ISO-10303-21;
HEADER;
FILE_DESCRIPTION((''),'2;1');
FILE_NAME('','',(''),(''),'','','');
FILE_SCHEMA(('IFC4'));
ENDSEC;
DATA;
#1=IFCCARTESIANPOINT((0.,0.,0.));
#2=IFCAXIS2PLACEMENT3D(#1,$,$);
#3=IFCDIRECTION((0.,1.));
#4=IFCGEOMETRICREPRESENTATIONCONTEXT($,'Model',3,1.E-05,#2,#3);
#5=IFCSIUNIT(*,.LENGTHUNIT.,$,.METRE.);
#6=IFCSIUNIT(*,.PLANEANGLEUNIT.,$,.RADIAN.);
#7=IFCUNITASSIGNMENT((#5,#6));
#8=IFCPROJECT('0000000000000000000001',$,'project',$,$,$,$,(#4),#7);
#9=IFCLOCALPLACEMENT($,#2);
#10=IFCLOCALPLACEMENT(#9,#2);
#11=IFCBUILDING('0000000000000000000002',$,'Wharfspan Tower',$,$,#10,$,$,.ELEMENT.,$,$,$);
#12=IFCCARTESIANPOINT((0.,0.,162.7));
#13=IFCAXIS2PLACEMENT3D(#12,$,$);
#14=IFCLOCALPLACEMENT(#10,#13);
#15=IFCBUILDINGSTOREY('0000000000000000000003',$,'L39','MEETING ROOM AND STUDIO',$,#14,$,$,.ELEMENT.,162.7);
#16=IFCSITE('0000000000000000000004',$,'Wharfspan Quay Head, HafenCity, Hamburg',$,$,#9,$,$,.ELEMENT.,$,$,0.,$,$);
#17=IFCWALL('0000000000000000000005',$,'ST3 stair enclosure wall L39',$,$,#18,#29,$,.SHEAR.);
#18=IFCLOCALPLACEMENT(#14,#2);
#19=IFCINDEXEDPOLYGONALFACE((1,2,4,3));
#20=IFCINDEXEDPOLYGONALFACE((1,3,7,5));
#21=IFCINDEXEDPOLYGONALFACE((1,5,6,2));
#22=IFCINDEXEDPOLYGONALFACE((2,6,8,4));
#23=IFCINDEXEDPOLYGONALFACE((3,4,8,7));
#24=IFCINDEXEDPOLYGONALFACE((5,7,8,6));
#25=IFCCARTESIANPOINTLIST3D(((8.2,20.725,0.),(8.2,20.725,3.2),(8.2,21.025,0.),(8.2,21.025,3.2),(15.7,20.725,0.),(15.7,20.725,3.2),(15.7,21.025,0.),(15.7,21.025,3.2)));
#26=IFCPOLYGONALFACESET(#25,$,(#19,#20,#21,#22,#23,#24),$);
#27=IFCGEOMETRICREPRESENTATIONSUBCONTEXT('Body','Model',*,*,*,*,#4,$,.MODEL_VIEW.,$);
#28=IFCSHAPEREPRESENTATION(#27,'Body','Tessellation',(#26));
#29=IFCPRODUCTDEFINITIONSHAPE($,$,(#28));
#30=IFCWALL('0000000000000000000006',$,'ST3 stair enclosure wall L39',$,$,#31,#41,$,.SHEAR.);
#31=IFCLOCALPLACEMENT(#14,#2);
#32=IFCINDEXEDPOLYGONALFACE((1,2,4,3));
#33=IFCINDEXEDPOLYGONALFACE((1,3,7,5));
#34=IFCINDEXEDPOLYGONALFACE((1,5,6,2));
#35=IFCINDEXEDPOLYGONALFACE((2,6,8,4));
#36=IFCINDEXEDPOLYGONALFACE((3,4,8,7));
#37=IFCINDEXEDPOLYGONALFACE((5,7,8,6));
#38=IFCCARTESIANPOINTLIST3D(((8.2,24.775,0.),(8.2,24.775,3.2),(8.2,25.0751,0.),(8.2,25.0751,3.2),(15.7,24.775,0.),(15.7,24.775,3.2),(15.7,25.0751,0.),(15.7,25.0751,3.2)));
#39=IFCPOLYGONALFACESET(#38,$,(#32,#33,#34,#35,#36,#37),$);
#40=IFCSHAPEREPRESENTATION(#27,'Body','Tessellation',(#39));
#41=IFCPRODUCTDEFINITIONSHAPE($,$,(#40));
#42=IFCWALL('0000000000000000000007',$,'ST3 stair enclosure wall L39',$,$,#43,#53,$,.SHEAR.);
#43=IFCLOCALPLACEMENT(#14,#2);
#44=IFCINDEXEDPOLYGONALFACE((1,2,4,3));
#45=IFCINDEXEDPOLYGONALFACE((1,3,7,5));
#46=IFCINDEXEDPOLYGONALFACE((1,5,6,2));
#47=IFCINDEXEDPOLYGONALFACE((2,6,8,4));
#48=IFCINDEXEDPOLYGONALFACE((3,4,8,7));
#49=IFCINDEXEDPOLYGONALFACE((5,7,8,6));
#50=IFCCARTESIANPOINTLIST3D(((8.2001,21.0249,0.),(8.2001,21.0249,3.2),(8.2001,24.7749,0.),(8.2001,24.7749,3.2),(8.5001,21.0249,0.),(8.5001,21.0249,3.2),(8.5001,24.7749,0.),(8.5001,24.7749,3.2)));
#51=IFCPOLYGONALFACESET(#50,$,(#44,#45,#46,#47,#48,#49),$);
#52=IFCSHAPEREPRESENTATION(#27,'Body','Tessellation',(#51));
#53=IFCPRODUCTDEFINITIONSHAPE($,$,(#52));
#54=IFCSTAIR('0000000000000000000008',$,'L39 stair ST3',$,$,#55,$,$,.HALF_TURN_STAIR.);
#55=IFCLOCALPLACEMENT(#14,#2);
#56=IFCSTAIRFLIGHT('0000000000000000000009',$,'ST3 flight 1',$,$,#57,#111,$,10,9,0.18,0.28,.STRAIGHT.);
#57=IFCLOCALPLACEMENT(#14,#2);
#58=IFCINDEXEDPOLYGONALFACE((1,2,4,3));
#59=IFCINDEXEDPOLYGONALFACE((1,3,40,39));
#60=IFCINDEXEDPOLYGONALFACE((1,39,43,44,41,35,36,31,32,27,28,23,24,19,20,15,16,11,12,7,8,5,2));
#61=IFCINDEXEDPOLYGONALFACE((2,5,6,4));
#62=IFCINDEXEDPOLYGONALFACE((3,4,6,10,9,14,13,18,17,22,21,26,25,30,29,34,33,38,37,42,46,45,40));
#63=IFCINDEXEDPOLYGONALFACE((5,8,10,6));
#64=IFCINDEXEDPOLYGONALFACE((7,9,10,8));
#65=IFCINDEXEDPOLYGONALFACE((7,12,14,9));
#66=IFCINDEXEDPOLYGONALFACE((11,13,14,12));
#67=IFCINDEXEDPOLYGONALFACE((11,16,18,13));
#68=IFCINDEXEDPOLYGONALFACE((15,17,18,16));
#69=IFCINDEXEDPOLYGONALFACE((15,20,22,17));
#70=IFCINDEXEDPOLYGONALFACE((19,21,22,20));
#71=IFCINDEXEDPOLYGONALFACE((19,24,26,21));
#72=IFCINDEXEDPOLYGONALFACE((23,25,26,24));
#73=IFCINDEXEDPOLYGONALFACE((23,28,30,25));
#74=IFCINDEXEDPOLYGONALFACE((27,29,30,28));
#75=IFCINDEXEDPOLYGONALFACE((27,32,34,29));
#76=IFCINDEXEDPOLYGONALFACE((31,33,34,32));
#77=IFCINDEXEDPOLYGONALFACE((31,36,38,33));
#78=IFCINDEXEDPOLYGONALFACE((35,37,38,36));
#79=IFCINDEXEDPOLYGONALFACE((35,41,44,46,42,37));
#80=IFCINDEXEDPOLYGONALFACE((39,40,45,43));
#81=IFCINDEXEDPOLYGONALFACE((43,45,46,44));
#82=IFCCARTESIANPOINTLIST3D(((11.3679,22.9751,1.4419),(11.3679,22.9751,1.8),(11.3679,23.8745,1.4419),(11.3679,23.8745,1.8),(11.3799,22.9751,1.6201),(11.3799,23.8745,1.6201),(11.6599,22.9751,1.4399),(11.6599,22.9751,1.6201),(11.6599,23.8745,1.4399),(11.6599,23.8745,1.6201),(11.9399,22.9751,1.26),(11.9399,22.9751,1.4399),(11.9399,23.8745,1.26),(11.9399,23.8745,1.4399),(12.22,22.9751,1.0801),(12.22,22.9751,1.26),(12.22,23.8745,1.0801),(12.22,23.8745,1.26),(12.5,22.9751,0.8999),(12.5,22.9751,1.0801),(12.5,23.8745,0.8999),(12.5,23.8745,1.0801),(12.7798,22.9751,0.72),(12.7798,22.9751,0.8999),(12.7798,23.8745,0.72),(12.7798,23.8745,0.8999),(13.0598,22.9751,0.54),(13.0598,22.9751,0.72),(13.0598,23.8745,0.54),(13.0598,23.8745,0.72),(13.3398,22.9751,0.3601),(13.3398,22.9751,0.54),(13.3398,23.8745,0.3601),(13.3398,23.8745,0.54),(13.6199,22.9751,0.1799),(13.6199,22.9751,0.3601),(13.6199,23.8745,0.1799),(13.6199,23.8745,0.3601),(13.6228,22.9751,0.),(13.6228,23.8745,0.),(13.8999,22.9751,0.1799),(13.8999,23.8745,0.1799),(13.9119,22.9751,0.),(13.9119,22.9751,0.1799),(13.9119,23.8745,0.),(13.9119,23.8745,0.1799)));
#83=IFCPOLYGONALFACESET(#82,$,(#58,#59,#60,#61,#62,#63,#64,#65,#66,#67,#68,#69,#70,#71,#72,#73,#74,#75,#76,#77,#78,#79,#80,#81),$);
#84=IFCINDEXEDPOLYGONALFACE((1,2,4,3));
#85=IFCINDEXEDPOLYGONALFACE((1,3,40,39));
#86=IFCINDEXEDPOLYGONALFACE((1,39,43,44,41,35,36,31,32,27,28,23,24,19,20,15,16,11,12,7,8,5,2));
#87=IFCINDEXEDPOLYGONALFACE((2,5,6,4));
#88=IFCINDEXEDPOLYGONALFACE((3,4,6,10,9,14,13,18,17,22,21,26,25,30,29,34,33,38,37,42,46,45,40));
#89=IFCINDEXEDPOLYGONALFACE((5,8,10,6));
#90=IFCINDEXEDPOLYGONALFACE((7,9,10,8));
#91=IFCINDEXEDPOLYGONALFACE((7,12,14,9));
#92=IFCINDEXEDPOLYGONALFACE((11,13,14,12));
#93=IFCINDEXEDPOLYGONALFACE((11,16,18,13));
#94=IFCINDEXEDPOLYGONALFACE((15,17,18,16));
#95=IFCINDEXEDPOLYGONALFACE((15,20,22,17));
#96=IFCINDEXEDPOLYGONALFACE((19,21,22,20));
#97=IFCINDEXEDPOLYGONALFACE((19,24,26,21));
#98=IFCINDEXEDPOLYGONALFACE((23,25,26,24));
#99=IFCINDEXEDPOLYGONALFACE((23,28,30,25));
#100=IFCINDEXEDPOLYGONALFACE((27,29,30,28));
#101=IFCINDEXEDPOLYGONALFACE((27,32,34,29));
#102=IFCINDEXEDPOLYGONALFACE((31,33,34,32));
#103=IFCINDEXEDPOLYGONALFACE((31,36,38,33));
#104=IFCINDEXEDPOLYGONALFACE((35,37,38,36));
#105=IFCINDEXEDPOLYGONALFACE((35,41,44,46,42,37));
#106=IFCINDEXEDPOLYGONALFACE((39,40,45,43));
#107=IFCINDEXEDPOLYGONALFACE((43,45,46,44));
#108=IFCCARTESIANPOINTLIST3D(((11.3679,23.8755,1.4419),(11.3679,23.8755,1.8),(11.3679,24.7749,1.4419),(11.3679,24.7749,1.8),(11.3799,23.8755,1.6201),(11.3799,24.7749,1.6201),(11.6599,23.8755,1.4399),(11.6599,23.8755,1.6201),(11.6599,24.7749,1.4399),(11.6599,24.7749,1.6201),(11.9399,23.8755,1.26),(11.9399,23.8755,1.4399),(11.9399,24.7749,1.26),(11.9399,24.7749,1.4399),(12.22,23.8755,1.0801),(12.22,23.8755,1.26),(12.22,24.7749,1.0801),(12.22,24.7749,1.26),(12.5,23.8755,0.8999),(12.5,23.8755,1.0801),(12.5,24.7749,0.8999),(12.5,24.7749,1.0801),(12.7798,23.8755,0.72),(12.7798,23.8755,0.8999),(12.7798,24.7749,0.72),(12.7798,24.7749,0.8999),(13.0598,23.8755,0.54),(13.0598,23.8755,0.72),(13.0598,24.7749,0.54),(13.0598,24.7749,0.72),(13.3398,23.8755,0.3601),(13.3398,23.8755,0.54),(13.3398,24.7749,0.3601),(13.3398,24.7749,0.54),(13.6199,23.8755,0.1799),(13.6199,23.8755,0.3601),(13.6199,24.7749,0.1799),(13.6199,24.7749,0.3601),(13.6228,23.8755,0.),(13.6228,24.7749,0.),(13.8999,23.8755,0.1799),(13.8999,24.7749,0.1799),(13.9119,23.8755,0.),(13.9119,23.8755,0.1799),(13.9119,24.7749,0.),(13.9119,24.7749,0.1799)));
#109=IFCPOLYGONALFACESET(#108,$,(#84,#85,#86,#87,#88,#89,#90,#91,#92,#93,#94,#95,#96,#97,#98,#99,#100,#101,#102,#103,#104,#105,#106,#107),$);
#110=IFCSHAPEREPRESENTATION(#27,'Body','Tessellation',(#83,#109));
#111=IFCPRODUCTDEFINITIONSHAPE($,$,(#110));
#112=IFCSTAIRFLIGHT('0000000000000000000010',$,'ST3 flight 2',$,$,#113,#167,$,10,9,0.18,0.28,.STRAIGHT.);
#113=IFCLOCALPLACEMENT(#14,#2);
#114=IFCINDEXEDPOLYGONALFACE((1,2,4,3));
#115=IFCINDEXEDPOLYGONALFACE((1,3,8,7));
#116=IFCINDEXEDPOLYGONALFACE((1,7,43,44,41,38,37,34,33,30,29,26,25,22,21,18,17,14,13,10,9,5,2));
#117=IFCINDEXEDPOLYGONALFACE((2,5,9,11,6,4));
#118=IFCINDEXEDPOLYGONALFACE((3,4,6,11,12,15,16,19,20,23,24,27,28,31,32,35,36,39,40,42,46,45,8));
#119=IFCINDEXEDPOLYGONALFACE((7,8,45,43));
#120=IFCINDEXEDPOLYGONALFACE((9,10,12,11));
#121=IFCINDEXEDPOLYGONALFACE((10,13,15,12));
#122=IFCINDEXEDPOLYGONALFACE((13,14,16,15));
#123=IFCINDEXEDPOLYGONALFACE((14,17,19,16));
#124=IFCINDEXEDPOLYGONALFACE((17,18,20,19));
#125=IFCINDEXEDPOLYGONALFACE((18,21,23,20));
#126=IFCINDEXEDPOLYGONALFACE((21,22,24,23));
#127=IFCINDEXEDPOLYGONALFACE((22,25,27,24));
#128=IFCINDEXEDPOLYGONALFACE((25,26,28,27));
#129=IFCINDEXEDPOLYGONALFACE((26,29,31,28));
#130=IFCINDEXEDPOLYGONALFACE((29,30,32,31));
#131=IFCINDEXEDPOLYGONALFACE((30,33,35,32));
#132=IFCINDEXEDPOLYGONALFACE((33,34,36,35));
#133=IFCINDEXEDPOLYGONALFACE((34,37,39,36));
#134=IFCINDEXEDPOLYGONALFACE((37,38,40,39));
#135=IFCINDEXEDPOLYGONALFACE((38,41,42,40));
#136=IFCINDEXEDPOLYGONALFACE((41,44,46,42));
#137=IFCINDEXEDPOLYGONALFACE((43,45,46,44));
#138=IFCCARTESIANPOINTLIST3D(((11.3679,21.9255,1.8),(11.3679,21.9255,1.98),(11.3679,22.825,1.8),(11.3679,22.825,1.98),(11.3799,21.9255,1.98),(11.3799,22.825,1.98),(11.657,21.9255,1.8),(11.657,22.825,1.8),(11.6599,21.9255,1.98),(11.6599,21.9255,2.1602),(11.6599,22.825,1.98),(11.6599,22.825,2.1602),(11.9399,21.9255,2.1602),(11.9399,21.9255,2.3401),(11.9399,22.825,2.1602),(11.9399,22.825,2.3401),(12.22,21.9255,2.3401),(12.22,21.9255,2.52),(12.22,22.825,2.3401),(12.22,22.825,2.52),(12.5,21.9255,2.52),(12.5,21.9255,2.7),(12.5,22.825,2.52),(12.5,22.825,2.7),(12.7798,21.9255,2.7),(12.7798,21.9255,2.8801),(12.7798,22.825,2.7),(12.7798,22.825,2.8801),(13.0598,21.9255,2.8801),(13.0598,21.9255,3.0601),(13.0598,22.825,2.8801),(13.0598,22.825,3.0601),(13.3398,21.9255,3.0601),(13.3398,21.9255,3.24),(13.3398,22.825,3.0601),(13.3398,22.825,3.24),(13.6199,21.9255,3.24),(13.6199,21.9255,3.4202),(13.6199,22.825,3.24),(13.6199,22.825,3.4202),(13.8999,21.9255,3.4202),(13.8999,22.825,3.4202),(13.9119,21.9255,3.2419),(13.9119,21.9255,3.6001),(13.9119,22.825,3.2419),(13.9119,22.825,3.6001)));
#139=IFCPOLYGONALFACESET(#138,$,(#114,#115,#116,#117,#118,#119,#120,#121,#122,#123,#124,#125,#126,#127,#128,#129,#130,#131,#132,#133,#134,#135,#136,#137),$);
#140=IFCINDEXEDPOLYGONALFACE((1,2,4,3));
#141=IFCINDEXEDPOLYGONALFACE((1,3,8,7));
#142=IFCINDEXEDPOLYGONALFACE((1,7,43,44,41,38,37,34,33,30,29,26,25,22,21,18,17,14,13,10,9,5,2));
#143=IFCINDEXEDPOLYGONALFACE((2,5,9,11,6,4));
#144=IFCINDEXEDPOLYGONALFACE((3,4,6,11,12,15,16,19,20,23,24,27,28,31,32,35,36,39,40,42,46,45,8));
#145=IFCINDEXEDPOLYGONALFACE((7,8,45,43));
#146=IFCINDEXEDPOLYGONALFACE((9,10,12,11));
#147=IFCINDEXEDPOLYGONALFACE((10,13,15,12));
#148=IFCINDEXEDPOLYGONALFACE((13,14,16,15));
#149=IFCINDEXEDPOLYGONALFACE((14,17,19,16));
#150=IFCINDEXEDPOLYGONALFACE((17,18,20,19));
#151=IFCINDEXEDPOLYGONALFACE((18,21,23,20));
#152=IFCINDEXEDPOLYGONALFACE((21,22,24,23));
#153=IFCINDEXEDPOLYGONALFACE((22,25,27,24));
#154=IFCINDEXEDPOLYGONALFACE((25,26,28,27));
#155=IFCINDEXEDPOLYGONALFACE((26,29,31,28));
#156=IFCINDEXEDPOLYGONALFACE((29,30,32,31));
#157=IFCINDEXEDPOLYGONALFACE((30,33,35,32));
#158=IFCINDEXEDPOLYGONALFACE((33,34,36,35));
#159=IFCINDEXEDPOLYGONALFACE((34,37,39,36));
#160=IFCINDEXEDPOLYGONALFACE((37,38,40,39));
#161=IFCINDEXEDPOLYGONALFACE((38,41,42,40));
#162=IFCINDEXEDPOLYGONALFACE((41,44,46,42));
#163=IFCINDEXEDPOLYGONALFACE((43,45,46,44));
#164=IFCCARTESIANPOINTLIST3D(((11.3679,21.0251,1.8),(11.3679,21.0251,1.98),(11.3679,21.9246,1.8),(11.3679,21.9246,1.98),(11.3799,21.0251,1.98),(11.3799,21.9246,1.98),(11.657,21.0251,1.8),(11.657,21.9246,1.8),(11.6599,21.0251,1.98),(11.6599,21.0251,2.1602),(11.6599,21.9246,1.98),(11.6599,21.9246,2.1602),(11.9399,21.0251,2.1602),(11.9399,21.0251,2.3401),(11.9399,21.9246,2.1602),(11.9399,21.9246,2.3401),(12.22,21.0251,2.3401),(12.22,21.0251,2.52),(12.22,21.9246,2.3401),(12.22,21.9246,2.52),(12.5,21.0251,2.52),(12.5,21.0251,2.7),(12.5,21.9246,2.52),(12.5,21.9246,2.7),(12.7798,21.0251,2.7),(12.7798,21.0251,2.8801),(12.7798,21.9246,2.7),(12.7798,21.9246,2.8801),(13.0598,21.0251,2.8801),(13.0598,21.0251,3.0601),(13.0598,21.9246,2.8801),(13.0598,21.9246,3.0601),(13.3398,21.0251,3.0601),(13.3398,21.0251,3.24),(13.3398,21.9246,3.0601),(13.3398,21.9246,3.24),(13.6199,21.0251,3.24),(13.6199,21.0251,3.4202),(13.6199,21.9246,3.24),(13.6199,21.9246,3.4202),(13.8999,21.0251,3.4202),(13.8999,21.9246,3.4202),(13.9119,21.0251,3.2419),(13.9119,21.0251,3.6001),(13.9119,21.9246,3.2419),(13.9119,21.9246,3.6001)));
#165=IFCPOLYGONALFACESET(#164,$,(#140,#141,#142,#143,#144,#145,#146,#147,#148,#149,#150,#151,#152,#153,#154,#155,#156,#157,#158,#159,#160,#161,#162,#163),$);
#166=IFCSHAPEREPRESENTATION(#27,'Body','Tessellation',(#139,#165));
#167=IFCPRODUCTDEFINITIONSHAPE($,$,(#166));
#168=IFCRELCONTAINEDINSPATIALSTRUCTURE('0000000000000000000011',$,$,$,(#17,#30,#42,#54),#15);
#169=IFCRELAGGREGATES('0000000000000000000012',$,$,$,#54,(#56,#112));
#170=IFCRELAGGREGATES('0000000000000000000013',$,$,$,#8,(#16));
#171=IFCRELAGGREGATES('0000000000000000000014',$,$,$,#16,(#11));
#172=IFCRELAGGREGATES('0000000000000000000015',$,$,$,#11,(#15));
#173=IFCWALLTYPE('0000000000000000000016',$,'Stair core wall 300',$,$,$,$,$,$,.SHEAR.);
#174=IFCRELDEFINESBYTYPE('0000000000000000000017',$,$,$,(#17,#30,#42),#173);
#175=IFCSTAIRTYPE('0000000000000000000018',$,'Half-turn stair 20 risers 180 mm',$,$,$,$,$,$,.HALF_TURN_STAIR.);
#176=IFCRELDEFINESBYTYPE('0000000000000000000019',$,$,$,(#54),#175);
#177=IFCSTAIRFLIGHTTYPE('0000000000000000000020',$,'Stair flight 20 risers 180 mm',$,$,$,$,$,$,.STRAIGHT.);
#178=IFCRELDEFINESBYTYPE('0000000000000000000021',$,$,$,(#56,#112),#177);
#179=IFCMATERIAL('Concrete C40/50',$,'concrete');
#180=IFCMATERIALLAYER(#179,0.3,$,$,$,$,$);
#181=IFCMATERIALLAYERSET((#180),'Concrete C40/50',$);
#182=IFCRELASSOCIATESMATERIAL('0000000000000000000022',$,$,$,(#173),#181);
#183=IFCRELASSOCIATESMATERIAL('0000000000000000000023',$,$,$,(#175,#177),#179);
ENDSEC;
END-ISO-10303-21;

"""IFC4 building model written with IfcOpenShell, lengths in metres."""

from ifc_helpers import new_model, si_unit, direction, frame, frame_2d, origin, place, context, subcontext, project, spatial, polyline, rectangle, outline, extrude, material, layer, layer_set, type_object, element, aggregate, save


model = new_model("IFC4")

# Units and contexts
model_context = context("Model", 3, precision=1e-05, world=origin(), true_north=direction((0.0, 1.0)))
body_context = subcontext(model_context, "Body", "Model", "MODEL_VIEW")
ifc_project = project(units=[si_unit("LENGTHUNIT", "METRE"), si_unit("PLANEANGLEUNIT", "RADIAN")], contexts=[model_context])

# Site, building, storey
site_placement = place(None, origin())
site = spatial("IfcSite", under=ifc_project, at=site_placement, Name="Wharfspan Quay Head, HafenCity, Hamburg", CompositionType="ELEMENT", RefElevation=0.0)
building_placement = place(site_placement, origin())
building = spatial("IfcBuilding", under=site, at=building_placement, Name="Wharfspan Tower", CompositionType="ELEMENT")
storey_placement = place(building_placement, frame((0.0, 0.0, 162.7)))
storey = spatial("IfcBuildingStorey", under=building, at=storey_placement, Name="L39", Description="MEETING ROOM AND STUDIO", CompositionType="ELEMENT", Elevation=162.7)

# Walls
ifc_material_1 = material(Name="Concrete C40/50", Category="concrete")
ifc_layer_1 = layer(ifc_material_1, 0.3)
ifc_layer_set_1 = layer_set([ifc_layer_1], Name="Concrete C40/50")
wall_type_1 = type_object("IfcWallType", Name="Stair core wall 300", PredefinedType="SHEAR", material=ifc_layer_set_1)
for number, where, z_axis, x_axis, name in (
    (1, (8.2, 20.875, 0.0), (0.0, 0.0, 1.0), (1.0, 0.0, 0.0), "ST3 stair enclosure wall L39"),
    (2, (8.2, 24.925, 0.0), (0.0, 0.0, 1.0), (1.0, 0.0, 0.0), "ST3 stair enclosure wall L39"),
):
    element("IfcWall", number, at=place(storey_placement, frame(where, z_axis=z_axis, x_axis=x_axis)), inside=storey, type_object=wall_type_1, Name=name, PredefinedType="SHEAR", context=body_context, shape_type="SweptSolid", body=[
        extrude(rectangle(XDim=7.5, YDim=0.3, at=frame_2d((3.75, 0.0))), origin(), (0.0, 0.0, 1.0), 3.2),
    ])
wall_1_placement = place(storey_placement, frame((8.3501, 21.0249, 0.0), z_axis=(0.0, 0.0, 1.0), x_axis=(0.0, 1.0, 0.0)))
element("IfcWall", 3, at=wall_1_placement, inside=storey, type_object=wall_type_1, Name="ST3 stair enclosure wall L39", PredefinedType="SHEAR", context=body_context, shape_type="SweptSolid", body=[
    extrude(rectangle(XDim=3.75, YDim=0.3, at=frame_2d((1.875, 0.0))), origin(), (0.0, 0.0, 1.0), 3.2),
])

# Stair, stair flights
stair_type = type_object("IfcStairType", Name="Half-turn stair 20 risers 180 mm", PredefinedType="HALF_TURN_STAIR", material=ifc_material_1)
stair_placement = place(storey_placement, origin())
stair = element("IfcStair", 4, at=stair_placement, inside=storey, type_object=stair_type, Name="L39 stair ST3", PredefinedType="HALF_TURN_STAIR")
stair_flight_type = type_object("IfcStairFlightType", Name="Stair flight 20 risers 180 mm", PredefinedType="STRAIGHT", material=ifc_material_1)
stair_flight_1_placement = place(storey_placement, frame((13.8999, 23.875, 0.0), z_axis=(0.0, 0.0, 1.0), x_axis=(-1.0, 0.0, 0.0)))
stair_flight_1 = element("IfcStairFlight", 5, at=stair_flight_1_placement, type_object=stair_flight_type, Name="ST3 flight 1", NumberOfRisers=10, NumberOfTreads=9, PredefinedType="STRAIGHT", RiserHeight=0.18, TreadLength=0.28, context=body_context, shape_type="SweptSolid", body=[
    extrude(outline(polyline([(-0.012, 0.0), (-0.012, 0.1799), (0.0, 0.1799), (0.28, 0.1799), (0.28, 0.3601), (0.5601, 0.3601), (0.5601, 0.54), (0.8401, 0.54), (0.8401, 0.72), (1.1201, 0.72), (1.1201, 0.8999), (1.3999, 0.8999), (1.3999, 1.0801), (1.6799, 1.0801), (1.6799, 1.26), (1.96, 1.26), (1.96, 1.4399), (2.24, 1.4399), (2.24, 1.6201), (2.52, 1.6201), (2.532, 1.8), (2.532, 1.4419), (0.2771, 0.0), (-0.012, 0.0)])), frame((0.0, 0.8999, 0.0), z_axis=(0.0, -1.0, 0.0), x_axis=(1.0, 0.0, 0.0)), (0.0, 0.0, 1.0), 0.8994),
    extrude(outline(polyline([(-0.012, 0.0), (-0.012, 0.1799), (0.0, 0.1799), (0.28, 0.1799), (0.28, 0.3601), (0.5601, 0.3601), (0.5601, 0.54), (0.8401, 0.54), (0.8401, 0.72), (1.1201, 0.72), (1.1201, 0.8999), (1.3999, 0.8999), (1.3999, 1.0801), (1.6799, 1.0801), (1.6799, 1.26), (1.96, 1.26), (1.96, 1.4399), (2.24, 1.4399), (2.24, 1.6201), (2.52, 1.6201), (2.532, 1.8), (2.532, 1.4419), (0.2771, 0.0), (-0.012, 0.0)])), frame((0.0, -0.0005, 0.0), z_axis=(0.0, -1.0, 0.0), x_axis=(1.0, 0.0, 0.0)), (0.0, 0.0, 1.0), 0.8994),
])
stair_flight_2_placement = place(storey_placement, frame((11.3799, 21.925, 1.8), z_axis=(0.0, 0.0, 1.0), x_axis=(1.0, 0.0, 0.0)))
stair_flight_2 = element("IfcStairFlight", 6, at=stair_flight_2_placement, type_object=stair_flight_type, Name="ST3 flight 2", NumberOfRisers=10, NumberOfTreads=9, PredefinedType="STRAIGHT", RiserHeight=0.18, TreadLength=0.28, context=body_context, shape_type="SweptSolid", body=[
    extrude(outline(polyline([(-0.012, 0.0), (-0.012, 0.1799), (0.0, 0.1799), (0.28, 0.1799), (0.28, 0.3601), (0.5601, 0.3601), (0.5601, 0.54), (0.8401, 0.54), (0.8401, 0.72), (1.1201, 0.72), (1.1201, 0.8999), (1.3999, 0.8999), (1.3999, 1.0801), (1.6799, 1.0801), (1.6799, 1.26), (1.96, 1.26), (1.96, 1.4399), (2.24, 1.4399), (2.24, 1.6201), (2.52, 1.6201), (2.532, 1.8), (2.532, 1.4419), (0.2771, 0.0), (-0.012, 0.0)])), frame((0.0, 0.8999, 0.0), z_axis=(0.0, -1.0, 0.0), x_axis=(1.0, 0.0, 0.0)), (0.0, 0.0, 1.0), 0.8994),
    extrude(outline(polyline([(-0.012, 0.0), (-0.012, 0.1799), (0.0, 0.1799), (0.28, 0.1799), (0.28, 0.3601), (0.5601, 0.3601), (0.5601, 0.54), (0.8401, 0.54), (0.8401, 0.72), (1.1201, 0.72), (1.1201, 0.8999), (1.3999, 0.8999), (1.3999, 1.0801), (1.6799, 1.0801), (1.6799, 1.26), (1.96, 1.26), (1.96, 1.4399), (2.24, 1.4399), (2.24, 1.6201), (2.52, 1.6201), (2.532, 1.8), (2.532, 1.4419), (0.2771, 0.0), (-0.012, 0.0)])), frame((0.0, -0.0005, 0.0), z_axis=(0.0, -1.0, 0.0), x_axis=(1.0, 0.0, 0.0)), (0.0, 0.0, 1.0), 0.8994),
])
aggregate(stair, [stair_flight_1, stair_flight_2])

save(model, "model.ifc")
